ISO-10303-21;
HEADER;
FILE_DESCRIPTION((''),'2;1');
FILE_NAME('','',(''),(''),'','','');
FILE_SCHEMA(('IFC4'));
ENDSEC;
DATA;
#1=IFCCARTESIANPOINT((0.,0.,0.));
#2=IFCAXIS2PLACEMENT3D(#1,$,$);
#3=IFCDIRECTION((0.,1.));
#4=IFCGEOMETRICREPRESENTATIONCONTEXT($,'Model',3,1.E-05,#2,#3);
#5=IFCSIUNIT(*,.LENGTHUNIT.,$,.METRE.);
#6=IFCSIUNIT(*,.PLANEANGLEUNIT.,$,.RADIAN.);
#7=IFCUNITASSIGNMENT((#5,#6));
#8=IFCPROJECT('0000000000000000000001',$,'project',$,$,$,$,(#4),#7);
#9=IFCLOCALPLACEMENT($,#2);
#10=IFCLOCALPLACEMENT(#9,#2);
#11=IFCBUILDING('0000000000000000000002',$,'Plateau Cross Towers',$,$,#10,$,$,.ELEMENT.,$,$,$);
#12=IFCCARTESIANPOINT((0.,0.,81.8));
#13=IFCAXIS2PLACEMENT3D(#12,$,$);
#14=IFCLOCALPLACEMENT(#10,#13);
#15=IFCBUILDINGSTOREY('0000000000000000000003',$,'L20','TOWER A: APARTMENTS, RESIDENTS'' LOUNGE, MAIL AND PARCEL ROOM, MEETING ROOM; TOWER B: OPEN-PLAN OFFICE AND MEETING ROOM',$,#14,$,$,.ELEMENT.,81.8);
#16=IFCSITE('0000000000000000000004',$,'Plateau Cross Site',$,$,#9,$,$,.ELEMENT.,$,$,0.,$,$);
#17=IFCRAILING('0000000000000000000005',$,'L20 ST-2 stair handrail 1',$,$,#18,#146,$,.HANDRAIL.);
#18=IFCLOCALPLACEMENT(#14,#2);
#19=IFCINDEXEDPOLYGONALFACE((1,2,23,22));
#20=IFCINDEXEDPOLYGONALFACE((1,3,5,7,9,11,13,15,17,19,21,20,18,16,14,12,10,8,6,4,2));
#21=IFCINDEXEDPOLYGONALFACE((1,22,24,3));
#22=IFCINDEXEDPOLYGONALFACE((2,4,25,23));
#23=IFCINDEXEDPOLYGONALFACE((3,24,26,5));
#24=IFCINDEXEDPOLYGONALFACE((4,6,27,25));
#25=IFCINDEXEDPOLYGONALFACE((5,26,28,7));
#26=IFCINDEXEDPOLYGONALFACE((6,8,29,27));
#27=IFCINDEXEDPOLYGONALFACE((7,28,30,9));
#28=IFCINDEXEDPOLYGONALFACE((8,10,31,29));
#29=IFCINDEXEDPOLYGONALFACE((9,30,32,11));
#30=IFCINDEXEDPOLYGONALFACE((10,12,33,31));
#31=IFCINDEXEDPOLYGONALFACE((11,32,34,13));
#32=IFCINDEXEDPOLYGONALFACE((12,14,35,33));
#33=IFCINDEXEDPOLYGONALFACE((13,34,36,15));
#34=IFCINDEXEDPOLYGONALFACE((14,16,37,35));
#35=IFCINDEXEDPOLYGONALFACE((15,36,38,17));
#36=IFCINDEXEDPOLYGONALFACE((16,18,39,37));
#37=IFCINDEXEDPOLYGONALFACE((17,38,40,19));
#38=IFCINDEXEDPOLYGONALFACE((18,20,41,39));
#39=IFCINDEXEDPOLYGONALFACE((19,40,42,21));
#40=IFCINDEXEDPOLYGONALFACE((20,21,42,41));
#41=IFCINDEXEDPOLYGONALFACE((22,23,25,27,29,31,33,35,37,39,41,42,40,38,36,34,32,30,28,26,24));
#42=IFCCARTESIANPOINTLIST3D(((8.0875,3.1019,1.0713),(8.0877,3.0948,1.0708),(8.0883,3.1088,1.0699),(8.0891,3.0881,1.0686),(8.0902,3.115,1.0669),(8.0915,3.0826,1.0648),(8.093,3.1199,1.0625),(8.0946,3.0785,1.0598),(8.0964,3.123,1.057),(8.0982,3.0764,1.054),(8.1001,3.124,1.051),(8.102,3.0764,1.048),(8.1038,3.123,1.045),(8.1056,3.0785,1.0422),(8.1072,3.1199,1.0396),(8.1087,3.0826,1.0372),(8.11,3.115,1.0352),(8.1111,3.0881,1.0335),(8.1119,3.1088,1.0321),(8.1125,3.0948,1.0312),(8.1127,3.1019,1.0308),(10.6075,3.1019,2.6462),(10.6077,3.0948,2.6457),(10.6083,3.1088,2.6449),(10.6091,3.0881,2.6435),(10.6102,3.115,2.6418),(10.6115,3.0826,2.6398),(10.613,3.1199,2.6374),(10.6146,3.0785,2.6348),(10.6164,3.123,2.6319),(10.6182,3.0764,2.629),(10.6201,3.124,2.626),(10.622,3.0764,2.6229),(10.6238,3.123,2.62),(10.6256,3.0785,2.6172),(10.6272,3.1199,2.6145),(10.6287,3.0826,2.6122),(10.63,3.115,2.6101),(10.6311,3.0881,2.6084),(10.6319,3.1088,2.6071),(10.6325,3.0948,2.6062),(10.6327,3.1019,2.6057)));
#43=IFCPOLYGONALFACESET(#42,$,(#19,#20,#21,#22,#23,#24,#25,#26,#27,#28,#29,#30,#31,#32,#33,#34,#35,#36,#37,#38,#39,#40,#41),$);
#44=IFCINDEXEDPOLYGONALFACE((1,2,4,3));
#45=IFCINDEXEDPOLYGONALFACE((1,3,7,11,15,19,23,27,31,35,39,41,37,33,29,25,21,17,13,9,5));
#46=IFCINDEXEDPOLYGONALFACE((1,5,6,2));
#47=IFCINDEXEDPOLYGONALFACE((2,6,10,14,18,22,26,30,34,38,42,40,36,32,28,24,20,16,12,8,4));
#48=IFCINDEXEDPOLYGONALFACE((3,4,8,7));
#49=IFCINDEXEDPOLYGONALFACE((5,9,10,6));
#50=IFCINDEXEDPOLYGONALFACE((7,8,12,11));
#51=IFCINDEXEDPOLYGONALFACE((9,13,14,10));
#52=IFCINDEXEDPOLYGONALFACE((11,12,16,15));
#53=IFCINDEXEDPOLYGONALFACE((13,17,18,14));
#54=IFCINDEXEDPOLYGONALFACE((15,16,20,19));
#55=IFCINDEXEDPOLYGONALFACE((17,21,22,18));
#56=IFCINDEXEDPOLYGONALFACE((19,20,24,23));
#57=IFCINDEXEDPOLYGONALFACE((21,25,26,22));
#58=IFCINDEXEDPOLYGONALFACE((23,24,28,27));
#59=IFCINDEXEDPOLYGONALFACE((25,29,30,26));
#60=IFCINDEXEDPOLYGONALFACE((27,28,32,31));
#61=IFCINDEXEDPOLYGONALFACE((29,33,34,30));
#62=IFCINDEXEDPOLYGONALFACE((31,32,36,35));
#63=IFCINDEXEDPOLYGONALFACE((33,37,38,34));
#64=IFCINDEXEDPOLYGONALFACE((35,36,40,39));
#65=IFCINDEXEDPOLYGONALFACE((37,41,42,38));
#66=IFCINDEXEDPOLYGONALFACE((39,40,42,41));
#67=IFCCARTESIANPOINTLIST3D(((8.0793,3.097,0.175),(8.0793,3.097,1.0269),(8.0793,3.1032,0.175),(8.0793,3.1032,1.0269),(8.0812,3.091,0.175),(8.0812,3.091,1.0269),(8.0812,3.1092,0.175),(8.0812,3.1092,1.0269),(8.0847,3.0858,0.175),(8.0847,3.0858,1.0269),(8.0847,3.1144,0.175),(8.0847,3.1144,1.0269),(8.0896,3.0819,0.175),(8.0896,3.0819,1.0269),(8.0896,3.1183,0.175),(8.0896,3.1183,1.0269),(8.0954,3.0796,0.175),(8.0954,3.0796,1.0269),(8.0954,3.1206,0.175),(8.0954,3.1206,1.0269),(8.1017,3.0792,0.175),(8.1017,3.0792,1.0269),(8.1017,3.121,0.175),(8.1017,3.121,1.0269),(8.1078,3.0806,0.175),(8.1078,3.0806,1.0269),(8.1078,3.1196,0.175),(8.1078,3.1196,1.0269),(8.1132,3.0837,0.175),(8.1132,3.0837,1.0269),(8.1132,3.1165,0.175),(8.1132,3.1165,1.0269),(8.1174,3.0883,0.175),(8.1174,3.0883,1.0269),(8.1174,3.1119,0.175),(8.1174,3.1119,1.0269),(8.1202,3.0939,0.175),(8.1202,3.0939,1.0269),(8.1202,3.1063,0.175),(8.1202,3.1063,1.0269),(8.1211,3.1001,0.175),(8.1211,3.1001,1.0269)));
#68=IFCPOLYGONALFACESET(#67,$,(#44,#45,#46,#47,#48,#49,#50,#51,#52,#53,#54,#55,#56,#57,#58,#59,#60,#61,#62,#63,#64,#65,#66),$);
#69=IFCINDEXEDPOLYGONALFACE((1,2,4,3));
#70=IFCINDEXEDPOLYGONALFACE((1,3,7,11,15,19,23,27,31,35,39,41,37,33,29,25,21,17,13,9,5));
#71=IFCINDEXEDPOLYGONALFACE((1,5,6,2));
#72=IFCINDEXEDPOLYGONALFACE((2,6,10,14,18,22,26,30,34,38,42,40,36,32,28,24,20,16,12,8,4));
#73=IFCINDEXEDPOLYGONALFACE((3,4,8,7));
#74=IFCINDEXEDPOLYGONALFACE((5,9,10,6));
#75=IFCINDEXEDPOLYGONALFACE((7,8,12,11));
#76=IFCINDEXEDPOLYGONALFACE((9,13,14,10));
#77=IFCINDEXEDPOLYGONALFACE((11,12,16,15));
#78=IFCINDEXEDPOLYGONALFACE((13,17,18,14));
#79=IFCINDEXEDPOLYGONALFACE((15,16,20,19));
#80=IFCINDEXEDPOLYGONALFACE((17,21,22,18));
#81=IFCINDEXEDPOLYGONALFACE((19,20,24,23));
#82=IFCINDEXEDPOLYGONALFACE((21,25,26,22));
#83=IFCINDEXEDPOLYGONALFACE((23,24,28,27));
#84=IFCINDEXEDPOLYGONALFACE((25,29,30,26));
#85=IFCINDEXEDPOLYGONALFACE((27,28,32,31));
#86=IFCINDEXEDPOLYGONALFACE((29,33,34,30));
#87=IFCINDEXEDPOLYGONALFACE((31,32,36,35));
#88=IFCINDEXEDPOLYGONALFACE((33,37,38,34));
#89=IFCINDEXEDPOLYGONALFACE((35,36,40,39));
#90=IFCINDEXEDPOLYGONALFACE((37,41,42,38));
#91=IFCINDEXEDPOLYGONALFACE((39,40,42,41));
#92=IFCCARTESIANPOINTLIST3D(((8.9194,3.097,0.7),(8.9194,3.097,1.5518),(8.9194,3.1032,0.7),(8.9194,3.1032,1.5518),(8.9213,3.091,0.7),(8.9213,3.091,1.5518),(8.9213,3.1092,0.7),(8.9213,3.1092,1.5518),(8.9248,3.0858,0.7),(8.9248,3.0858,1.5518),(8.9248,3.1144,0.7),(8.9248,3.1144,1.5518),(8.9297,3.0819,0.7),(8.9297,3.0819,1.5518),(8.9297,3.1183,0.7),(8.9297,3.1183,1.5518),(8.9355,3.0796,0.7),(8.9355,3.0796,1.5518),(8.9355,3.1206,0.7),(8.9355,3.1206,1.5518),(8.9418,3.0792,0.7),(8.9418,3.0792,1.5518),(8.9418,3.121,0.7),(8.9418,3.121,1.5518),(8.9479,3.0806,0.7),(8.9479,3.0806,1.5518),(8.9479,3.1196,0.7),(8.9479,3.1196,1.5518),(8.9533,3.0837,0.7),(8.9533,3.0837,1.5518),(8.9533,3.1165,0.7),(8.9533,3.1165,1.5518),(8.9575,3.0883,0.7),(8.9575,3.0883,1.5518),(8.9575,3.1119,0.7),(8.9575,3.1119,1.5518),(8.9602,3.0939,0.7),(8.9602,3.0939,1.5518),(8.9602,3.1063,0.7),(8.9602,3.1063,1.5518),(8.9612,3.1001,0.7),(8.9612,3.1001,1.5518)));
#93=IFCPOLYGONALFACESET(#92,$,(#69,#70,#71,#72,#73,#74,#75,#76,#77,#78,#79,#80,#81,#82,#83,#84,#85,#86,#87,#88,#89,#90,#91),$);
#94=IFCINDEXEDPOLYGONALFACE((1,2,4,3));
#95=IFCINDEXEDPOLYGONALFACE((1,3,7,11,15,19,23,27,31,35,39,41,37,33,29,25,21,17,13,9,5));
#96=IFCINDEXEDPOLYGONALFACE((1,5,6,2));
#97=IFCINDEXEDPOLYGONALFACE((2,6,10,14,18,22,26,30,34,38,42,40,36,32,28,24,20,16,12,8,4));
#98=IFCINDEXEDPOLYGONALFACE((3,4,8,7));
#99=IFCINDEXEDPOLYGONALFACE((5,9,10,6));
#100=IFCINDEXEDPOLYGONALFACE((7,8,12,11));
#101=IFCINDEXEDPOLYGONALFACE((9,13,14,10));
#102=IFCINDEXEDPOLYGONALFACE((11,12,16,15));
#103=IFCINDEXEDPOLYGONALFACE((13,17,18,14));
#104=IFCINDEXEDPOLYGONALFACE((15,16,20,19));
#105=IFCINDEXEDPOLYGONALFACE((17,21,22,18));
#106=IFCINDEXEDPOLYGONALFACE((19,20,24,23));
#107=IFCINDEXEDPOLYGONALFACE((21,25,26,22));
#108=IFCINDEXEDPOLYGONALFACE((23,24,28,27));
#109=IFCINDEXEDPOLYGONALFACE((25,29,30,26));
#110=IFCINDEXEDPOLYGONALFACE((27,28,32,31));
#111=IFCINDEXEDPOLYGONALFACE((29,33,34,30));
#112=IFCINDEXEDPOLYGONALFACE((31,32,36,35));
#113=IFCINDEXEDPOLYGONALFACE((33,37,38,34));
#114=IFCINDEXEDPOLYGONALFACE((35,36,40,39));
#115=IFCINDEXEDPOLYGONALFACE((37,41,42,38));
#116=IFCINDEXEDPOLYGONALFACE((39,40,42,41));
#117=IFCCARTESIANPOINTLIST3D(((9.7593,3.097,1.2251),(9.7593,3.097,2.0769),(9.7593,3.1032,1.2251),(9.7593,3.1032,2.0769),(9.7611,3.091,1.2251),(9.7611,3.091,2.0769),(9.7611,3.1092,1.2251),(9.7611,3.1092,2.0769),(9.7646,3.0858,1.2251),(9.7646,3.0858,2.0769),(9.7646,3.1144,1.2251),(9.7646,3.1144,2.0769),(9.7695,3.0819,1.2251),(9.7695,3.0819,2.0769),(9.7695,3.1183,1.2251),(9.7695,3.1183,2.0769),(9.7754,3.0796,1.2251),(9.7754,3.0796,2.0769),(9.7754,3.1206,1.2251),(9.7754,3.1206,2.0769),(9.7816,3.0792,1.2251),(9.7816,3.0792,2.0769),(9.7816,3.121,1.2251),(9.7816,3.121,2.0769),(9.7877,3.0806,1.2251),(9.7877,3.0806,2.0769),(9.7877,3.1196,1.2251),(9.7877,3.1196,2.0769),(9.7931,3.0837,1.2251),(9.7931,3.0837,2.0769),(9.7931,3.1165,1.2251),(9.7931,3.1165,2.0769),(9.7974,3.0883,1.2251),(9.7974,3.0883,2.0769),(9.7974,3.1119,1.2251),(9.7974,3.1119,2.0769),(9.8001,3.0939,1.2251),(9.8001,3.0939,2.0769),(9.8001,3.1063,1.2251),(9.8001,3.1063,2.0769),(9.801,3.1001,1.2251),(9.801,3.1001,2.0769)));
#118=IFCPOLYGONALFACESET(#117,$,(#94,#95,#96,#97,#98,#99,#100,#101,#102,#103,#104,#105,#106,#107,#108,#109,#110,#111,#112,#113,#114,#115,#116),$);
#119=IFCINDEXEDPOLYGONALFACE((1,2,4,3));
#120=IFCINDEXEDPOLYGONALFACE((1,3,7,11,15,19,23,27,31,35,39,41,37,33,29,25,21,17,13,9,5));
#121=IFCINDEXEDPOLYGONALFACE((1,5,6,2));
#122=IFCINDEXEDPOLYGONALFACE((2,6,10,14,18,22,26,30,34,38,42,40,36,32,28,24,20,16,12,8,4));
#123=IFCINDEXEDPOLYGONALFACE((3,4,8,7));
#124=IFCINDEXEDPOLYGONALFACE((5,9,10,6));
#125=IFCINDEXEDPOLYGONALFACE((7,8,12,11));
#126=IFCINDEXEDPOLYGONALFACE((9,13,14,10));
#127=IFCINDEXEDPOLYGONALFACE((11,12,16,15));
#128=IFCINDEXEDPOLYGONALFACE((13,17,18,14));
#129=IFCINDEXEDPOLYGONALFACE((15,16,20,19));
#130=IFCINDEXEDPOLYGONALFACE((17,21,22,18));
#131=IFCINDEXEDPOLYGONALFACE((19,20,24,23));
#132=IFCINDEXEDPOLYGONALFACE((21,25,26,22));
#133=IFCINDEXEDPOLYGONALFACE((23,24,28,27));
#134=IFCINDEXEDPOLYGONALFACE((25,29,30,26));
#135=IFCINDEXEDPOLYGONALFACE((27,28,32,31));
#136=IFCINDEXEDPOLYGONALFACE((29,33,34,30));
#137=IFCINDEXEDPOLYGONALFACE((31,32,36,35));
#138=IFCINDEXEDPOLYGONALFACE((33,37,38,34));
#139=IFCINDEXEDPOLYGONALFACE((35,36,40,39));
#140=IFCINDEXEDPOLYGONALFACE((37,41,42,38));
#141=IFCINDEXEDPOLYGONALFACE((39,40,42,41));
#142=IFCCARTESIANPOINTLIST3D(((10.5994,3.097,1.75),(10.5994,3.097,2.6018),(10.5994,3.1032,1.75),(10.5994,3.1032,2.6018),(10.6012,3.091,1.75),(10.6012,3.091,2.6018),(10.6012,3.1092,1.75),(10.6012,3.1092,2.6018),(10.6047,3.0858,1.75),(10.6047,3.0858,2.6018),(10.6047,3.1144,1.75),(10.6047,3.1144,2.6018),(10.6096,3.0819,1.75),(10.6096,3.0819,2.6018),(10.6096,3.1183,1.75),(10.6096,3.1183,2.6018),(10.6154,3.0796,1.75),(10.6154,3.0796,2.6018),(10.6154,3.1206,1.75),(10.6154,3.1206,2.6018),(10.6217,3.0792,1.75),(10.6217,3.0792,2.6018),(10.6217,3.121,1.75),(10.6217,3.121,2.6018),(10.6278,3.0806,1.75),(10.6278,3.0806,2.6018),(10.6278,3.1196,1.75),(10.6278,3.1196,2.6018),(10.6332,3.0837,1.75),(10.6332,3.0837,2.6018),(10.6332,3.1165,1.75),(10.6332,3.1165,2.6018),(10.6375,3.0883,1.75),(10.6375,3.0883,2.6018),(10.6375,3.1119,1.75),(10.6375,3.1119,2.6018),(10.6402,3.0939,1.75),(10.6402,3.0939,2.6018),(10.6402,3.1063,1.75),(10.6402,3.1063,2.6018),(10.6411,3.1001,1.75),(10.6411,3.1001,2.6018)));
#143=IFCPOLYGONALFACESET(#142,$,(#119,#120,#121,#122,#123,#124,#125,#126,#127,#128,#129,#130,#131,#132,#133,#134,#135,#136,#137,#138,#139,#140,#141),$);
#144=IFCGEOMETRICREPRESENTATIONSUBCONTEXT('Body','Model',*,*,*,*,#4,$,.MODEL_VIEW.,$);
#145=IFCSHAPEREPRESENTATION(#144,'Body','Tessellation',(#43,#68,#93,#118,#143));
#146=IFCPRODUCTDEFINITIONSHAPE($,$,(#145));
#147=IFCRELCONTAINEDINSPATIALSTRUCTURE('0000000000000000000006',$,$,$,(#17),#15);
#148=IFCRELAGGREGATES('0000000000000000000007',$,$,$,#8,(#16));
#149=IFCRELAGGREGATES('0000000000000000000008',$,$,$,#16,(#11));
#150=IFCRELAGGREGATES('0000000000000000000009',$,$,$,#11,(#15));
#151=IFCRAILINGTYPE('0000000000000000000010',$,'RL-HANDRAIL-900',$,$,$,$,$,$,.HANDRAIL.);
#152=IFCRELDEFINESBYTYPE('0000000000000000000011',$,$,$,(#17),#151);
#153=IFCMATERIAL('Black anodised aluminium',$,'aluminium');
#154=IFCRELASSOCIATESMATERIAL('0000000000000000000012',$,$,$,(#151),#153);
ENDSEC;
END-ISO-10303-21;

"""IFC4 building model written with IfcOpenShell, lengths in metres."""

from ifc_helpers import new_model, si_unit, direction, frame, origin, origin_2d, place, context, subcontext, project, spatial, circle, extrude, material, type_object, element, save


model = new_model("IFC4")

# Units and contexts
model_context = context("Model", 3, precision=1e-05, world=origin(), true_north=direction((0.0, 1.0)))
body_context = subcontext(model_context, "Body", "Model", "MODEL_VIEW")
ifc_project = project(units=[si_unit("LENGTHUNIT", "METRE"), si_unit("PLANEANGLEUNIT", "RADIAN")], contexts=[model_context])

# Site, building, storey
site_placement = place(None, origin())
site = spatial("IfcSite", under=ifc_project, at=site_placement, Name="Plateau Cross Site", CompositionType="ELEMENT", RefElevation=0.0)
building_placement = place(site_placement, origin())
building = spatial("IfcBuilding", under=site, at=building_placement, Name="Plateau Cross Towers", CompositionType="ELEMENT")
storey_placement = place(building_placement, frame((0.0, 0.0, 81.8)))
storey = spatial("IfcBuildingStorey", under=building, at=storey_placement, Name="L20", Description="TOWER A: APARTMENTS, RESIDENTS' LOUNGE, MAIL AND PARCEL ROOM, MEETING ROOM; TOWER B: OPEN-PLAN OFFICE AND MEETING ROOM", CompositionType="ELEMENT", Elevation=81.8)

# Shared definitions
ifc_material_1 = material(Name="Black anodised aluminium", Category="aluminium")

# Railing
railing_type_1 = type_object("IfcRailingType", Name="RL-HANDRAIL-900", PredefinedType="HANDRAIL", material=ifc_material_1)
railing_placement = place(storey_placement, frame((8.1001, 3.1001, 0.175)))
element("IfcRailing", 1, at=railing_placement, inside=storey, type_object=railing_type_1, Name="L20 ST-2 stair handrail 1", PredefinedType="HANDRAIL", context=body_context, shape_type="SweptSolid", body=[
    extrude(circle(Radius=0.0239, at=origin_2d()), frame((0.0, 0.0, 0.876), z_axis=(0.848008, 0.0, 0.529984), x_axis=(0.0, 1.0, 0.0)), (0.0, 0.0, 1.0), 2.9717),
    extrude(circle(Radius=0.021, at=origin_2d()), origin(), (0.0, 0.0, 1.0), 0.8518),
    extrude(circle(Radius=0.021, at=origin_2d()), frame((0.8401, 0.0, 0.5249)), (0.0, 0.0, 1.0), 0.8518),
    extrude(circle(Radius=0.021, at=origin_2d()), frame((1.6799, 0.0, 1.05)), (0.0, 0.0, 1.0), 0.8518),
    extrude(circle(Radius=0.021, at=origin_2d()), frame((2.52, 0.0, 1.575)), (0.0, 0.0, 1.0), 0.8518),
])

save(model, "model.ifc")
